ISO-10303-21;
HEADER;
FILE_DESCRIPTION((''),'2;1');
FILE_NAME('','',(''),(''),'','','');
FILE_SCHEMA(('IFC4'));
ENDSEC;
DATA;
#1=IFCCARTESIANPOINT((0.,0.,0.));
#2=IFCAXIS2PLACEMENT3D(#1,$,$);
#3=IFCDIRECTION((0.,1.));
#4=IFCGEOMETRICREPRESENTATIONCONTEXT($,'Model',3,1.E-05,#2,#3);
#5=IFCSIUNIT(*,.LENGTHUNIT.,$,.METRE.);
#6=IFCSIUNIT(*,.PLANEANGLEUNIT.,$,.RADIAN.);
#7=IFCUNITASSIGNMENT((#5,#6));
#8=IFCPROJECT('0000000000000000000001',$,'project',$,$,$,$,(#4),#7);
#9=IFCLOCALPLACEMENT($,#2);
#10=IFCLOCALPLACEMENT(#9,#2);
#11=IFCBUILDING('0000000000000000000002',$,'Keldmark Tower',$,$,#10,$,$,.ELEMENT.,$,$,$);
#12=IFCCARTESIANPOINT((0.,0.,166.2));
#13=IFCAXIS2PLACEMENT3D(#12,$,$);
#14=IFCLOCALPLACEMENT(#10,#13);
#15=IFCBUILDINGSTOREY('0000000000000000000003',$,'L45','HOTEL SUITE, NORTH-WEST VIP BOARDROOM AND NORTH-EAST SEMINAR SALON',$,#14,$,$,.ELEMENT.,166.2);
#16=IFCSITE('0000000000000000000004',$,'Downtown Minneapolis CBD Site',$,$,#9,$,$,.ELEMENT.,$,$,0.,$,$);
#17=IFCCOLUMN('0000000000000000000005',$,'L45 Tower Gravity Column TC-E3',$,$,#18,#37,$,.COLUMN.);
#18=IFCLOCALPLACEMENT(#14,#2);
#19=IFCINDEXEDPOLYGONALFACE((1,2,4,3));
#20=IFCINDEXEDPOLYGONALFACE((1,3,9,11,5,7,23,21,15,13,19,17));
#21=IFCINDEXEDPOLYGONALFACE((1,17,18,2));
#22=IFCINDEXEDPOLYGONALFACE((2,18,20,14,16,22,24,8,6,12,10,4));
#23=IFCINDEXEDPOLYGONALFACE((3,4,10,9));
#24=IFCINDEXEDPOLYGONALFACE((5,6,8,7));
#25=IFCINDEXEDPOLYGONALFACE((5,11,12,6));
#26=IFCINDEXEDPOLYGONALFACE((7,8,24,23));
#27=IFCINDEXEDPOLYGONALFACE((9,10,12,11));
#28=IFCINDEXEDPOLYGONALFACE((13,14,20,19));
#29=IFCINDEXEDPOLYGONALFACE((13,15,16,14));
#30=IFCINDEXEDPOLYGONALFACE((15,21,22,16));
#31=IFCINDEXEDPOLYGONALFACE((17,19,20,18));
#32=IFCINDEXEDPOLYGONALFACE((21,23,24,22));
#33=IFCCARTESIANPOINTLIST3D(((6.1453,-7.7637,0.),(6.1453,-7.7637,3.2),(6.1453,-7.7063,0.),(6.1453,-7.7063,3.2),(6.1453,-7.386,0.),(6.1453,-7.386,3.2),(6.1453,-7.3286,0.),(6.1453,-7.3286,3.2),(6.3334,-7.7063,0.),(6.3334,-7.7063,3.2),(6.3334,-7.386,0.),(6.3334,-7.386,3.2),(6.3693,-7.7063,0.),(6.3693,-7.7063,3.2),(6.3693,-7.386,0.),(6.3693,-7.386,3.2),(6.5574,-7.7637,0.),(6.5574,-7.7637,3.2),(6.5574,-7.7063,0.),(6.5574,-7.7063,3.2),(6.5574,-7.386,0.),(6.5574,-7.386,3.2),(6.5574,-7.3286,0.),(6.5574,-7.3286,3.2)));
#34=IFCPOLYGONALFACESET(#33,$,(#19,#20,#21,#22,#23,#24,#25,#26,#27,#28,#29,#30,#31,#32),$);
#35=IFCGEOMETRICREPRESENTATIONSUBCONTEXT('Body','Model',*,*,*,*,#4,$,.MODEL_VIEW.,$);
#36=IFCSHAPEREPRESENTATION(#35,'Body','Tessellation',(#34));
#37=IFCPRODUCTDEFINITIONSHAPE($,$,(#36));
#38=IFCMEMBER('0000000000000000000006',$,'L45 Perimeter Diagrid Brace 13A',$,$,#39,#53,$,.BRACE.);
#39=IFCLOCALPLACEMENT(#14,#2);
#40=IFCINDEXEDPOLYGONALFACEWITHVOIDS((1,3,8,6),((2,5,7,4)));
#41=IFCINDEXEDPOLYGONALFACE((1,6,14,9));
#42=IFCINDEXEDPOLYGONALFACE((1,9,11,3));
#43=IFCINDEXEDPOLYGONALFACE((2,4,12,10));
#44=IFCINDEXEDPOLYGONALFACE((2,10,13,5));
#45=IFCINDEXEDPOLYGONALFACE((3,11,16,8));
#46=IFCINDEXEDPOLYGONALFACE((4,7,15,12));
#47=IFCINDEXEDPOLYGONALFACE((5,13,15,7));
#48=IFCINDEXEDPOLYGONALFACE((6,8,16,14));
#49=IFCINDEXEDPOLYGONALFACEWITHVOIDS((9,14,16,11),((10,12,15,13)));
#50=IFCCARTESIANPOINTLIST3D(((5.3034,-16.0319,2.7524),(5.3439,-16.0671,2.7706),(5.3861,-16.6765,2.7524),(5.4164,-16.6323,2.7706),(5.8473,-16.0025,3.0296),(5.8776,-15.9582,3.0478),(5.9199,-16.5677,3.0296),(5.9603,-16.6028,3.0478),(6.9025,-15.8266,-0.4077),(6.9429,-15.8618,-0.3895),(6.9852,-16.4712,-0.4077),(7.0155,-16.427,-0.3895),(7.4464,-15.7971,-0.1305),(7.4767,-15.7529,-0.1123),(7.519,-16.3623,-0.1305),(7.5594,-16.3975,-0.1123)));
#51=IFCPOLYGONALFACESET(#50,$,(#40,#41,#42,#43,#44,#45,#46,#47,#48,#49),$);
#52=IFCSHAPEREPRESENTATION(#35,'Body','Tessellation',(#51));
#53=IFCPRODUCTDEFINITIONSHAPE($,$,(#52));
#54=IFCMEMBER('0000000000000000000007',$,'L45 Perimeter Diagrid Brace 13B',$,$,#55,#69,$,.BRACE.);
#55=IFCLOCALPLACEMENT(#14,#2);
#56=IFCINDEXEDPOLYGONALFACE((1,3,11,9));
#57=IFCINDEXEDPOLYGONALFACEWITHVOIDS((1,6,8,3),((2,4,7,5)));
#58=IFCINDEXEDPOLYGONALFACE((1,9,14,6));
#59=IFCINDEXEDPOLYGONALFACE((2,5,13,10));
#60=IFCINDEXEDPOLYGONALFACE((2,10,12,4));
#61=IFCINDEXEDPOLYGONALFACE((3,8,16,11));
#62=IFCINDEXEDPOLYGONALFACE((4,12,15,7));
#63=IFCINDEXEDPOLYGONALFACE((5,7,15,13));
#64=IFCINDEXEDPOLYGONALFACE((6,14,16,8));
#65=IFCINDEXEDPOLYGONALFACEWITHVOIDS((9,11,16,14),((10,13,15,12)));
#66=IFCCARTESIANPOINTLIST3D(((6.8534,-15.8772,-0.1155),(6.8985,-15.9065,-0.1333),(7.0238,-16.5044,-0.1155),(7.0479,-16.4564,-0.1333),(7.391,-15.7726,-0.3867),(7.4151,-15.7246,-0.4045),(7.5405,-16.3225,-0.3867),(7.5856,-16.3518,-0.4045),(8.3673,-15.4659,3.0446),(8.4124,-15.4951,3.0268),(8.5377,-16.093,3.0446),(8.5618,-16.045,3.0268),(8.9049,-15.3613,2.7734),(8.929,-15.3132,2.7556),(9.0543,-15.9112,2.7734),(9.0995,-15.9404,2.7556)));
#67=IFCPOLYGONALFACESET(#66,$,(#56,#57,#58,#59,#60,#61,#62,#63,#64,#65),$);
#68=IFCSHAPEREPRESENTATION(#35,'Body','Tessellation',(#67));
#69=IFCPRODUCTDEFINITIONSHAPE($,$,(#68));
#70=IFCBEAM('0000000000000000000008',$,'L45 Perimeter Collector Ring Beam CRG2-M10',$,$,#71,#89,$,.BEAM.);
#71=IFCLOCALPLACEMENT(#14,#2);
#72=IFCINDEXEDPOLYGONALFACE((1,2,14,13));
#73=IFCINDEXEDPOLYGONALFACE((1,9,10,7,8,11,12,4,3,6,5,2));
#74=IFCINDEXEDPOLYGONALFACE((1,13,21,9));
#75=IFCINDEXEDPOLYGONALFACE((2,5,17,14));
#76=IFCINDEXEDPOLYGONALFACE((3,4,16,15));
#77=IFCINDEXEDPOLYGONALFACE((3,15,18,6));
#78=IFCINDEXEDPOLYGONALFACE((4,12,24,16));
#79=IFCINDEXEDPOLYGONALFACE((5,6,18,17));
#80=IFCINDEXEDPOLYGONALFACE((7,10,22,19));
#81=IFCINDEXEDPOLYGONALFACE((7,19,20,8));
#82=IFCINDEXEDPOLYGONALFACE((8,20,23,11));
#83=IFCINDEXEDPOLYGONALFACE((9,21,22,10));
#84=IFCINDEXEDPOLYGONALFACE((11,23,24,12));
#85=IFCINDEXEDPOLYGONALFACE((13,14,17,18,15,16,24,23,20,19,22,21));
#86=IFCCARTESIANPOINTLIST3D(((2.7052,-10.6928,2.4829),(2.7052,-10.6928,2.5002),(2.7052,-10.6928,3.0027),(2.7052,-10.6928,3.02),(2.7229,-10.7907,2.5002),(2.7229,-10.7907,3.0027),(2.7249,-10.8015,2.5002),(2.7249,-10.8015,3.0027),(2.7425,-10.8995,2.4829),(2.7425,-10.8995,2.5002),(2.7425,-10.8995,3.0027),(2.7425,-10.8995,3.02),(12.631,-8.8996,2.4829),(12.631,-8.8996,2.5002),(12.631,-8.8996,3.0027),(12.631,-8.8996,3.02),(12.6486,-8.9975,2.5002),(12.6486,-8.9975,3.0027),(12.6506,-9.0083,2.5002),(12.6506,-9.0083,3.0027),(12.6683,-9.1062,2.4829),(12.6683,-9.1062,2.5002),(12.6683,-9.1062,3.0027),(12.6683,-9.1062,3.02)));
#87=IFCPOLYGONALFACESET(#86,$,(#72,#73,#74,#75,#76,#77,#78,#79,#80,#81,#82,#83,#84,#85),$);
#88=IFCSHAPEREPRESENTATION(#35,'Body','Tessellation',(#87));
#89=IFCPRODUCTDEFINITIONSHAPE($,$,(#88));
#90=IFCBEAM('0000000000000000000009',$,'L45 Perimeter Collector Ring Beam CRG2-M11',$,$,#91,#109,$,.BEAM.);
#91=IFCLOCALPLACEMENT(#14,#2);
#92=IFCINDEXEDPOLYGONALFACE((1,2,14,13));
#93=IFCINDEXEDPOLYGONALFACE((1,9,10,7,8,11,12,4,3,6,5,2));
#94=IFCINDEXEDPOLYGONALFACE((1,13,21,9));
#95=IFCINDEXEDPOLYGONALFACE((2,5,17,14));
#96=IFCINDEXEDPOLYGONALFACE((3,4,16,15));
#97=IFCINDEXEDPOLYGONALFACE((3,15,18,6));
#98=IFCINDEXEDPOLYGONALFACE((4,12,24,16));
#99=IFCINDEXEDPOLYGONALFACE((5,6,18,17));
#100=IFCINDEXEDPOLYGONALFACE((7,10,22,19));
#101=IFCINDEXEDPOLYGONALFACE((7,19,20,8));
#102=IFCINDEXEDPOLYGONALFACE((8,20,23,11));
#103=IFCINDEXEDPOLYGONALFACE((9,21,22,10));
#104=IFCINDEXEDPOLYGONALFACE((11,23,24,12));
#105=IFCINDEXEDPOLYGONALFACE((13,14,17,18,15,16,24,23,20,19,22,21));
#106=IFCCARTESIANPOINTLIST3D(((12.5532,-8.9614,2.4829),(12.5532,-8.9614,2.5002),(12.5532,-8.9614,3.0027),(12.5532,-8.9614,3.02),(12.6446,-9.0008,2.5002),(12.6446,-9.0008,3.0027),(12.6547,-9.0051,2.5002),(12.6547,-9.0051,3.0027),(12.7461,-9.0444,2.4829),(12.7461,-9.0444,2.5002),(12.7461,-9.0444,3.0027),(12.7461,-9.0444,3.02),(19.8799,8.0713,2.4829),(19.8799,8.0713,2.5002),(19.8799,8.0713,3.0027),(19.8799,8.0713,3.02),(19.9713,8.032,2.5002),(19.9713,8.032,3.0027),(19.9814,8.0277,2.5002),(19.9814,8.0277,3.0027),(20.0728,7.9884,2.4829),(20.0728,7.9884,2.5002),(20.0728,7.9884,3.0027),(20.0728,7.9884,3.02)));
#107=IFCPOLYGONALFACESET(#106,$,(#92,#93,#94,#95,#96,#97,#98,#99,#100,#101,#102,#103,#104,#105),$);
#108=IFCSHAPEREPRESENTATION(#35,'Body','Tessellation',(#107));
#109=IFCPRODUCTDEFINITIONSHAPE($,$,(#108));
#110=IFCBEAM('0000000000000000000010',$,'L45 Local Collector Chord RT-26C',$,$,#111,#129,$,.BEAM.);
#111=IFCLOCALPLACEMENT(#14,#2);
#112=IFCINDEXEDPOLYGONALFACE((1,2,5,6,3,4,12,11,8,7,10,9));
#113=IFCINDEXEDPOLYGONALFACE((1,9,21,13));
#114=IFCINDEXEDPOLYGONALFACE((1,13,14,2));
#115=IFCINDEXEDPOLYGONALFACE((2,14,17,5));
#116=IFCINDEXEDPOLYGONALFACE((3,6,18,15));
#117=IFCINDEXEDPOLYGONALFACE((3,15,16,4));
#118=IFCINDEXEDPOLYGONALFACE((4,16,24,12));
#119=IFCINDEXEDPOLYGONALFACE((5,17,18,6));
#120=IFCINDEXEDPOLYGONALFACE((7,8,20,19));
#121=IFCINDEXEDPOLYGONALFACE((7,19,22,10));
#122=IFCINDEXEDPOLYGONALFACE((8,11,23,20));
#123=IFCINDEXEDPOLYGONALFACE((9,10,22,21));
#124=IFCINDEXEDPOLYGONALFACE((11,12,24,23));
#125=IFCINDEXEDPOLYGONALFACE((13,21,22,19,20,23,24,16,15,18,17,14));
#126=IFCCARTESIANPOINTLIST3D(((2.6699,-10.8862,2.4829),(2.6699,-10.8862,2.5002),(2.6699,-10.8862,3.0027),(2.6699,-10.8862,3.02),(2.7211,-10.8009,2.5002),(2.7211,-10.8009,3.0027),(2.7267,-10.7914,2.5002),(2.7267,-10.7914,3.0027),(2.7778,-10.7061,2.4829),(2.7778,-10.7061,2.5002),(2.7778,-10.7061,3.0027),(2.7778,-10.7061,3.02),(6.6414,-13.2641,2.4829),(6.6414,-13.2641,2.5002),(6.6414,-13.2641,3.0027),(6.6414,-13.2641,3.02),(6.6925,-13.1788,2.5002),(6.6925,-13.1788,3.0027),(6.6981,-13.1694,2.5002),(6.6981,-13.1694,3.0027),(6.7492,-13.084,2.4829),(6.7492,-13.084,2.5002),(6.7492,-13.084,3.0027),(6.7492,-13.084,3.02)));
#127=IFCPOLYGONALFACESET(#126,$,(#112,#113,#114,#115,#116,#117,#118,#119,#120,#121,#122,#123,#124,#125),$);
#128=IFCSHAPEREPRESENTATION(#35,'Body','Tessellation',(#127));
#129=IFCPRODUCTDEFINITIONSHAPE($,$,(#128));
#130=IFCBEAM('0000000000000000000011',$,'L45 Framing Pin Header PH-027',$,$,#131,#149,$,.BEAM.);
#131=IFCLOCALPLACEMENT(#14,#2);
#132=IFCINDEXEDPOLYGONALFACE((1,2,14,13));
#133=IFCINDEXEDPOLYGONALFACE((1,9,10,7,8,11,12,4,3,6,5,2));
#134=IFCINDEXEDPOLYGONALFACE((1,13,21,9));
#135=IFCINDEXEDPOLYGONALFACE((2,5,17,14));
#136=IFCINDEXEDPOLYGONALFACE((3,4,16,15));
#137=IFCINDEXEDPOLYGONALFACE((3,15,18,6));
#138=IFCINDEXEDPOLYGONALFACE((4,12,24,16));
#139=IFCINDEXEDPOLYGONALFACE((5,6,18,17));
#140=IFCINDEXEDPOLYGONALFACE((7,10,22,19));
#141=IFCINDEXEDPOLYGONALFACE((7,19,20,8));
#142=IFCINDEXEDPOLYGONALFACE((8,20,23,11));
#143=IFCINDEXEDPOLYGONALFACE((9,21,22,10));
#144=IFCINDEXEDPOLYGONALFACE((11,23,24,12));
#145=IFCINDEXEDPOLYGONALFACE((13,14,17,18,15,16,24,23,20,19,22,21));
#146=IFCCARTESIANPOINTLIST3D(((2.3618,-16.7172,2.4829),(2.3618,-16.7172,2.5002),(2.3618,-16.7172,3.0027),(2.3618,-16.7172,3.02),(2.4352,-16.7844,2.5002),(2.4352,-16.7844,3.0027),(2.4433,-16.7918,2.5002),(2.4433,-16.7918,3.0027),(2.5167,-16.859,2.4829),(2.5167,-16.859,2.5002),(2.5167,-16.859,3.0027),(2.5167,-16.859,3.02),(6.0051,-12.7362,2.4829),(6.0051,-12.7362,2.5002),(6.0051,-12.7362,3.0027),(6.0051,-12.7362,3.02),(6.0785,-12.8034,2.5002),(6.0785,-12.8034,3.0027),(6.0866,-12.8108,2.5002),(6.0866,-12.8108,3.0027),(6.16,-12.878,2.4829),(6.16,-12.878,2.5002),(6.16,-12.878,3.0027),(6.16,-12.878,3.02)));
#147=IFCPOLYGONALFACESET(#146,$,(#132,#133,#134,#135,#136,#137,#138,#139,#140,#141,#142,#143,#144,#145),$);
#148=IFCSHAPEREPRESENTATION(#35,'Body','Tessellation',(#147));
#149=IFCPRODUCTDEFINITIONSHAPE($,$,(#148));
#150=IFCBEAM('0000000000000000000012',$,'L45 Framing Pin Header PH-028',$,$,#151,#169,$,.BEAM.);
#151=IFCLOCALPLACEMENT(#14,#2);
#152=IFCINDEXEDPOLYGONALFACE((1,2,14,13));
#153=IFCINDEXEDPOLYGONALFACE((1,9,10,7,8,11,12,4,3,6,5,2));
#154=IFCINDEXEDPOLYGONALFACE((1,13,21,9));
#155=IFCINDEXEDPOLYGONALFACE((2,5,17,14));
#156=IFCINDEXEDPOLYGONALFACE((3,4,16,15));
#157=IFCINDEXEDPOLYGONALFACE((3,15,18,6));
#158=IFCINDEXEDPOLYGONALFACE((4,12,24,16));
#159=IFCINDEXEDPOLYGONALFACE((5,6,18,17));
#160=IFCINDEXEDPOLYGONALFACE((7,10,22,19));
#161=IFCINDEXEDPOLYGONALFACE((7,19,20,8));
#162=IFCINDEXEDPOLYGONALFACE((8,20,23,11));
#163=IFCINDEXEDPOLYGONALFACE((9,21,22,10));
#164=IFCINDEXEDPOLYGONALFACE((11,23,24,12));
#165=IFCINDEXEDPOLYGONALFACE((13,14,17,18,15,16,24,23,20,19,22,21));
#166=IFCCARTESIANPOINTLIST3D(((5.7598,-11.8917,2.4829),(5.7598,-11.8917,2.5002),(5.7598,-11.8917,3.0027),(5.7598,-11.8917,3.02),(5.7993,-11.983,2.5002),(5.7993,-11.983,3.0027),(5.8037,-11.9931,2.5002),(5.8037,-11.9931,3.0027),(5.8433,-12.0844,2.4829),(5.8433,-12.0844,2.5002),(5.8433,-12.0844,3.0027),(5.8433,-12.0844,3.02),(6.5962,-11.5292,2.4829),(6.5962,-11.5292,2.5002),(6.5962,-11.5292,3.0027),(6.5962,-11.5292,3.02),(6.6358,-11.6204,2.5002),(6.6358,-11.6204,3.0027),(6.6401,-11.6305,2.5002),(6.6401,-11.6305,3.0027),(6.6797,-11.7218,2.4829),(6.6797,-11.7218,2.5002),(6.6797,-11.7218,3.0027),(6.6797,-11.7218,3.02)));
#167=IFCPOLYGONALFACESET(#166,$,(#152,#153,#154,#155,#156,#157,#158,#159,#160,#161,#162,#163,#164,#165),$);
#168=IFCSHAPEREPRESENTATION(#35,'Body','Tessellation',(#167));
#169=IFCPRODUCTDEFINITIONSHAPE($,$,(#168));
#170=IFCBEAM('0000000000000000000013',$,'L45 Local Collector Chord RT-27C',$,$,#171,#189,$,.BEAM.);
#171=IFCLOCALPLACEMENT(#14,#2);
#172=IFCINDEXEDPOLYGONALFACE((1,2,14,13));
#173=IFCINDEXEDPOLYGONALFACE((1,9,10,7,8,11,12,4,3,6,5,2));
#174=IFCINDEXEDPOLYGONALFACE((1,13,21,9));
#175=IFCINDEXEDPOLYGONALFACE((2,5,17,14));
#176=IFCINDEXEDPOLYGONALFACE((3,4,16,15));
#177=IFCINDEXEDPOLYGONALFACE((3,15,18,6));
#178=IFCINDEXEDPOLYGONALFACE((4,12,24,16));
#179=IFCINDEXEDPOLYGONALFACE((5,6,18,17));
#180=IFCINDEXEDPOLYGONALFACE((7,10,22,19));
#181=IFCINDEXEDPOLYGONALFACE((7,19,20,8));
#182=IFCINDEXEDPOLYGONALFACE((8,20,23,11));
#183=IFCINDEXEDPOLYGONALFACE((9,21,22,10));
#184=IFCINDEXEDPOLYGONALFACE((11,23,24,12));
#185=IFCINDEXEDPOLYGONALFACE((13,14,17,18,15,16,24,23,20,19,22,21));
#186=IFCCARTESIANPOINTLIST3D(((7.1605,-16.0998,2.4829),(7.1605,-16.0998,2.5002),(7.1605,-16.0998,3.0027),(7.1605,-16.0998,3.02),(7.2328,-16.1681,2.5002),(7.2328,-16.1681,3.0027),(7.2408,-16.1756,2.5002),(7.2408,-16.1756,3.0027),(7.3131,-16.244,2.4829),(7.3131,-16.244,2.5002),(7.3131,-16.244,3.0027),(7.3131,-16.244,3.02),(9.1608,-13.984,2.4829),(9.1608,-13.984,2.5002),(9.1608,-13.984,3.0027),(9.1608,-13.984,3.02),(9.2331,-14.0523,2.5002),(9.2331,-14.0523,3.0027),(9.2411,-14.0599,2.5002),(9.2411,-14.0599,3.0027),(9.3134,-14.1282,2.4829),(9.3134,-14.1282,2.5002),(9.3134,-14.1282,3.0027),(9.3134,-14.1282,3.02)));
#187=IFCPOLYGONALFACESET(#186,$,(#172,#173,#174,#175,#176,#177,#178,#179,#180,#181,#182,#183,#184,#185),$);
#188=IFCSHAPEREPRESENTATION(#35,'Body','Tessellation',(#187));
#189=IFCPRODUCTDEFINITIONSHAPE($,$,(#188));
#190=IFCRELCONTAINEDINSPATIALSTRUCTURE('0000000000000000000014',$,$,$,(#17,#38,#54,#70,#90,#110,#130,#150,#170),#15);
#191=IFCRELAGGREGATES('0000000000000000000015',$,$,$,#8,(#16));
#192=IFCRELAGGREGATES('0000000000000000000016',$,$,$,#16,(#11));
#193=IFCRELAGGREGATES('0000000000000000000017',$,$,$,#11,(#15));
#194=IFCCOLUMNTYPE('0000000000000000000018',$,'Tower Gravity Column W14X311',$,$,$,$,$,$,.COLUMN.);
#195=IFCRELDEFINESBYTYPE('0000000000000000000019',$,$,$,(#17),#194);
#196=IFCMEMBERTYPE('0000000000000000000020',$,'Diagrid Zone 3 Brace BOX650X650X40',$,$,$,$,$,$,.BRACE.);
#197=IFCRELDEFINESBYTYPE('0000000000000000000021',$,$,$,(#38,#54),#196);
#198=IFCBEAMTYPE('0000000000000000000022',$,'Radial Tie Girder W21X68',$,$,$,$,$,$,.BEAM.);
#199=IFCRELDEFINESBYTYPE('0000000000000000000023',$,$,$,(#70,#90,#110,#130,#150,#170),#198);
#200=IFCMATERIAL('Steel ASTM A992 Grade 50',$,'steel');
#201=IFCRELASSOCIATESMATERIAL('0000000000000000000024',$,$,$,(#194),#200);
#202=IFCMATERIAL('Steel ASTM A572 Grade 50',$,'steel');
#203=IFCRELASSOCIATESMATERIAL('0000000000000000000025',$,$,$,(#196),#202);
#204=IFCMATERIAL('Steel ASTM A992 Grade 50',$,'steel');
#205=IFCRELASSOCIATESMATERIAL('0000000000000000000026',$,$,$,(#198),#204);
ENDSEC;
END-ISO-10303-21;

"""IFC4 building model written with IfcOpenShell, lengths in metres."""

from ifc_helpers import new_model, si_unit, direction, frame, origin, origin_2d, place, context, subcontext, project, spatial, hollow_rectangle, i_section, extrude, material, material_profile, profile_set, type_object, element, save


model = new_model("IFC4")

# Units and contexts
model_context = context("Model", 3, precision=1e-05, world=origin(), true_north=direction((0.0, 1.0)))
body_context = subcontext(model_context, "Body", "Model", "MODEL_VIEW")
ifc_project = project(units=[si_unit("LENGTHUNIT", "METRE"), si_unit("PLANEANGLEUNIT", "RADIAN")], contexts=[model_context])

# Site, building, storey
site_placement = place(None, origin())
site = spatial("IfcSite", under=ifc_project, at=site_placement, Name="Downtown Minneapolis CBD Site", CompositionType="ELEMENT", RefElevation=0.0)
building_placement = place(site_placement, origin())
building = spatial("IfcBuilding", under=site, at=building_placement, Name="Keldmark Tower", CompositionType="ELEMENT")
storey_placement = place(building_placement, frame((0.0, 0.0, 166.2)))
storey = spatial("IfcBuildingStorey", under=building, at=storey_placement, Name="L45", Description="HOTEL SUITE, NORTH-WEST VIP BOARDROOM AND NORTH-EAST SEMINAR SALON", CompositionType="ELEMENT", Elevation=166.2)

# Column
ifc_material_1 = material(Name="Steel ASTM A992 Grade 50", Category="steel")
ifc_material_profile_1 = material_profile(ifc_material_1, i_section(OverallWidth=0.4121, OverallDepth=0.4351, WebThickness=0.0359, FlangeThickness=0.0574, at=origin_2d()), Name="W14X311")
ifc_profile_set_1 = profile_set([ifc_material_profile_1], Name="Steel ASTM A992 Grade 50")
column_type = type_object("IfcColumnType", Name="Tower Gravity Column W14X311", PredefinedType="COLUMN", material=ifc_profile_set_1)
column_placement = place(storey_placement, frame((6.3513, -7.5461, 0.0), z_axis=(0.0, 0.0, 1.0), x_axis=(1.0, 0.0, 0.0)))
element("IfcColumn", 1, at=column_placement, inside=storey, type_object=column_type, Name="L45 Tower Gravity Column TC-E3", PredefinedType="COLUMN", context=body_context, shape_type="SweptSolid", body=[
    extrude(i_section(OverallWidth=0.4121, OverallDepth=0.4351, WebThickness=0.0359, FlangeThickness=0.0574, at=origin_2d()), origin(), (0.0, 0.0, 1.0), 3.2),
])

# Members
ifc_material_2 = material(Name="Steel ASTM A572 Grade 50", Category="steel")
ifc_material_profile_2 = material_profile(ifc_material_2, hollow_rectangle(XDim=0.6499, YDim=0.6499, WallThickness=0.04, at=origin_2d()), Name="BOX650X650X40")
ifc_profile_set_2 = profile_set([ifc_material_profile_2], Name="Steel ASTM A572 Grade 50")
member_type = type_object("IfcMemberType", Name="Diagrid Zone 3 Brace BOX650X650X40", PredefinedType="BRACE", material=ifc_profile_set_2)
member_1_placement = place(storey_placement, frame((7.231, -16.1121, -0.26), z_axis=(-0.450753, -0.057875, 0.890771), x_axis=(0.127351, -0.991858, 0.0)))
element("IfcMember", 2, at=member_1_placement, inside=storey, type_object=member_type, Name="L45 Perimeter Diagrid Brace 13A", PredefinedType="BRACE", context=body_context, shape_type="SweptSolid", body=[
    extrude(hollow_rectangle(XDim=0.6499, YDim=0.6499, WallThickness=0.04, at=origin_2d()), origin(), (0.0, 0.0, 1.0), 3.5476),
])
member_2_placement = place(storey_placement, frame((7.2195, -16.1145, -0.26), z_axis=(0.429098, 0.116599, 0.895701), x_axis=(-0.262222, 0.965008, 0.0)))
element("IfcMember", 3, at=member_2_placement, inside=storey, type_object=member_type, Name="L45 Perimeter Diagrid Brace 13B", PredefinedType="BRACE", context=body_context, shape_type="SweptSolid", body=[
    extrude(hollow_rectangle(XDim=0.6499, YDim=0.6499, WallThickness=0.04, at=origin_2d()), origin(), (0.0, 0.0, 1.0), 3.5281),
])

# Beams
ifc_material_3 = material(Name="Steel ASTM A992 Grade 50", Category="steel")
ifc_material_profile_3 = material_profile(ifc_material_3, i_section(OverallWidth=0.21, OverallDepth=0.5371, WebThickness=0.011, FlangeThickness=0.0173, at=origin_2d()), Name="W21X68")
ifc_profile_set_3 = profile_set([ifc_material_profile_3], Name="Steel ASTM A992 Grade 50")
beam_type_1 = type_object("IfcBeamType", Name="Radial Tie Girder W21X68", PredefinedType="BEAM", material=ifc_profile_set_3)
beam_1_placement = place(storey_placement, frame((2.7239, -10.7961, 2.7515), z_axis=(0.98407, 0.177784, 0.0), x_axis=(-0.177784, 0.98407, 0.0)))
element("IfcBeam", 4, at=beam_1_placement, inside=storey, type_object=beam_type_1, Name="L45 Perimeter Collector Ring Beam CRG2-M10", PredefinedType="BEAM", context=body_context, shape_type="SweptSolid", body=[
    extrude(i_section(OverallWidth=0.21, OverallDepth=0.5371, WebThickness=0.011, FlangeThickness=0.0173, at=origin_2d()), origin(), (0.0, 0.0, 1.0), 10.0864),
])
beam_2_placement = place(storey_placement, frame((12.6497, -9.0029, 2.7515), z_axis=(0.395146, 0.918618, 0.0), x_axis=(-0.918618, 0.395146, 0.0)))
element("IfcBeam", 5, at=beam_2_placement, inside=storey, type_object=beam_type_1, Name="L45 Perimeter Collector Ring Beam CRG2-M11", PredefinedType="BEAM", context=body_context, shape_type="SweptSolid", body=[
    extrude(i_section(OverallWidth=0.21, OverallDepth=0.5371, WebThickness=0.011, FlangeThickness=0.0173, at=origin_2d()), origin(), (0.0, 0.0, 1.0), 18.5417),
])
beam_3_placement = place(storey_placement, frame((2.7239, -10.7961, 2.7515), z_axis=(0.857963, -0.513712, 0.0), x_axis=(0.513712, 0.857963, 0.0)))
element("IfcBeam", 6, at=beam_3_placement, inside=storey, type_object=beam_type_1, Name="L45 Local Collector Chord RT-26C", PredefinedType="BEAM", context=body_context, shape_type="SweptSolid", body=[
    extrude(i_section(OverallWidth=0.21, OverallDepth=0.5371, WebThickness=0.011, FlangeThickness=0.0173, at=origin_2d()), origin(), (0.0, 0.0, 1.0), 4.6289),
])
beam_4_placement = place(storey_placement, frame((2.4392, -16.7881, 2.7515), z_axis=(0.67513, 0.737698, 0.0), x_axis=(-0.737698, 0.67513, 0.0)))
element("IfcBeam", 7, at=beam_4_placement, inside=storey, type_object=beam_type_1, Name="L45 Framing Pin Header PH-027", PredefinedType="BEAM", context=body_context, shape_type="SweptSolid", body=[
    extrude(i_section(OverallWidth=0.21, OverallDepth=0.5371, WebThickness=0.011, FlangeThickness=0.0173, at=origin_2d()), origin(), (0.0, 0.0, 1.0), 5.3965),
])
beam_5_placement = place(storey_placement, frame((5.8015, -11.988, 2.7515), z_axis=(0.917517, 0.397698, 0.0), x_axis=(-0.397698, 0.917517, 0.0)))
element("IfcBeam", 8, at=beam_5_placement, inside=storey, type_object=beam_type_1, Name="L45 Framing Pin Header PH-028", PredefinedType="BEAM", context=body_context, shape_type="SweptSolid", body=[
    extrude(i_section(OverallWidth=0.21, OverallDepth=0.5371, WebThickness=0.011, FlangeThickness=0.0173, at=origin_2d()), origin(), (0.0, 0.0, 1.0), 0.9116),
])
beam_6_placement = place(storey_placement, frame((7.2368, -16.1719, 2.7515), z_axis=(0.686998, 0.72666, 0.0), x_axis=(-0.72666, 0.686998, 0.0)))
element("IfcBeam", 9, at=beam_6_placement, inside=storey, type_object=beam_type_1, Name="L45 Local Collector Chord RT-27C", PredefinedType="BEAM", context=body_context, shape_type="SweptSolid", body=[
    extrude(i_section(OverallWidth=0.21, OverallDepth=0.5371, WebThickness=0.011, FlangeThickness=0.0173, at=origin_2d()), origin(), (0.0, 0.0, 1.0), 2.9116),
])

save(model, "model.ifc")
